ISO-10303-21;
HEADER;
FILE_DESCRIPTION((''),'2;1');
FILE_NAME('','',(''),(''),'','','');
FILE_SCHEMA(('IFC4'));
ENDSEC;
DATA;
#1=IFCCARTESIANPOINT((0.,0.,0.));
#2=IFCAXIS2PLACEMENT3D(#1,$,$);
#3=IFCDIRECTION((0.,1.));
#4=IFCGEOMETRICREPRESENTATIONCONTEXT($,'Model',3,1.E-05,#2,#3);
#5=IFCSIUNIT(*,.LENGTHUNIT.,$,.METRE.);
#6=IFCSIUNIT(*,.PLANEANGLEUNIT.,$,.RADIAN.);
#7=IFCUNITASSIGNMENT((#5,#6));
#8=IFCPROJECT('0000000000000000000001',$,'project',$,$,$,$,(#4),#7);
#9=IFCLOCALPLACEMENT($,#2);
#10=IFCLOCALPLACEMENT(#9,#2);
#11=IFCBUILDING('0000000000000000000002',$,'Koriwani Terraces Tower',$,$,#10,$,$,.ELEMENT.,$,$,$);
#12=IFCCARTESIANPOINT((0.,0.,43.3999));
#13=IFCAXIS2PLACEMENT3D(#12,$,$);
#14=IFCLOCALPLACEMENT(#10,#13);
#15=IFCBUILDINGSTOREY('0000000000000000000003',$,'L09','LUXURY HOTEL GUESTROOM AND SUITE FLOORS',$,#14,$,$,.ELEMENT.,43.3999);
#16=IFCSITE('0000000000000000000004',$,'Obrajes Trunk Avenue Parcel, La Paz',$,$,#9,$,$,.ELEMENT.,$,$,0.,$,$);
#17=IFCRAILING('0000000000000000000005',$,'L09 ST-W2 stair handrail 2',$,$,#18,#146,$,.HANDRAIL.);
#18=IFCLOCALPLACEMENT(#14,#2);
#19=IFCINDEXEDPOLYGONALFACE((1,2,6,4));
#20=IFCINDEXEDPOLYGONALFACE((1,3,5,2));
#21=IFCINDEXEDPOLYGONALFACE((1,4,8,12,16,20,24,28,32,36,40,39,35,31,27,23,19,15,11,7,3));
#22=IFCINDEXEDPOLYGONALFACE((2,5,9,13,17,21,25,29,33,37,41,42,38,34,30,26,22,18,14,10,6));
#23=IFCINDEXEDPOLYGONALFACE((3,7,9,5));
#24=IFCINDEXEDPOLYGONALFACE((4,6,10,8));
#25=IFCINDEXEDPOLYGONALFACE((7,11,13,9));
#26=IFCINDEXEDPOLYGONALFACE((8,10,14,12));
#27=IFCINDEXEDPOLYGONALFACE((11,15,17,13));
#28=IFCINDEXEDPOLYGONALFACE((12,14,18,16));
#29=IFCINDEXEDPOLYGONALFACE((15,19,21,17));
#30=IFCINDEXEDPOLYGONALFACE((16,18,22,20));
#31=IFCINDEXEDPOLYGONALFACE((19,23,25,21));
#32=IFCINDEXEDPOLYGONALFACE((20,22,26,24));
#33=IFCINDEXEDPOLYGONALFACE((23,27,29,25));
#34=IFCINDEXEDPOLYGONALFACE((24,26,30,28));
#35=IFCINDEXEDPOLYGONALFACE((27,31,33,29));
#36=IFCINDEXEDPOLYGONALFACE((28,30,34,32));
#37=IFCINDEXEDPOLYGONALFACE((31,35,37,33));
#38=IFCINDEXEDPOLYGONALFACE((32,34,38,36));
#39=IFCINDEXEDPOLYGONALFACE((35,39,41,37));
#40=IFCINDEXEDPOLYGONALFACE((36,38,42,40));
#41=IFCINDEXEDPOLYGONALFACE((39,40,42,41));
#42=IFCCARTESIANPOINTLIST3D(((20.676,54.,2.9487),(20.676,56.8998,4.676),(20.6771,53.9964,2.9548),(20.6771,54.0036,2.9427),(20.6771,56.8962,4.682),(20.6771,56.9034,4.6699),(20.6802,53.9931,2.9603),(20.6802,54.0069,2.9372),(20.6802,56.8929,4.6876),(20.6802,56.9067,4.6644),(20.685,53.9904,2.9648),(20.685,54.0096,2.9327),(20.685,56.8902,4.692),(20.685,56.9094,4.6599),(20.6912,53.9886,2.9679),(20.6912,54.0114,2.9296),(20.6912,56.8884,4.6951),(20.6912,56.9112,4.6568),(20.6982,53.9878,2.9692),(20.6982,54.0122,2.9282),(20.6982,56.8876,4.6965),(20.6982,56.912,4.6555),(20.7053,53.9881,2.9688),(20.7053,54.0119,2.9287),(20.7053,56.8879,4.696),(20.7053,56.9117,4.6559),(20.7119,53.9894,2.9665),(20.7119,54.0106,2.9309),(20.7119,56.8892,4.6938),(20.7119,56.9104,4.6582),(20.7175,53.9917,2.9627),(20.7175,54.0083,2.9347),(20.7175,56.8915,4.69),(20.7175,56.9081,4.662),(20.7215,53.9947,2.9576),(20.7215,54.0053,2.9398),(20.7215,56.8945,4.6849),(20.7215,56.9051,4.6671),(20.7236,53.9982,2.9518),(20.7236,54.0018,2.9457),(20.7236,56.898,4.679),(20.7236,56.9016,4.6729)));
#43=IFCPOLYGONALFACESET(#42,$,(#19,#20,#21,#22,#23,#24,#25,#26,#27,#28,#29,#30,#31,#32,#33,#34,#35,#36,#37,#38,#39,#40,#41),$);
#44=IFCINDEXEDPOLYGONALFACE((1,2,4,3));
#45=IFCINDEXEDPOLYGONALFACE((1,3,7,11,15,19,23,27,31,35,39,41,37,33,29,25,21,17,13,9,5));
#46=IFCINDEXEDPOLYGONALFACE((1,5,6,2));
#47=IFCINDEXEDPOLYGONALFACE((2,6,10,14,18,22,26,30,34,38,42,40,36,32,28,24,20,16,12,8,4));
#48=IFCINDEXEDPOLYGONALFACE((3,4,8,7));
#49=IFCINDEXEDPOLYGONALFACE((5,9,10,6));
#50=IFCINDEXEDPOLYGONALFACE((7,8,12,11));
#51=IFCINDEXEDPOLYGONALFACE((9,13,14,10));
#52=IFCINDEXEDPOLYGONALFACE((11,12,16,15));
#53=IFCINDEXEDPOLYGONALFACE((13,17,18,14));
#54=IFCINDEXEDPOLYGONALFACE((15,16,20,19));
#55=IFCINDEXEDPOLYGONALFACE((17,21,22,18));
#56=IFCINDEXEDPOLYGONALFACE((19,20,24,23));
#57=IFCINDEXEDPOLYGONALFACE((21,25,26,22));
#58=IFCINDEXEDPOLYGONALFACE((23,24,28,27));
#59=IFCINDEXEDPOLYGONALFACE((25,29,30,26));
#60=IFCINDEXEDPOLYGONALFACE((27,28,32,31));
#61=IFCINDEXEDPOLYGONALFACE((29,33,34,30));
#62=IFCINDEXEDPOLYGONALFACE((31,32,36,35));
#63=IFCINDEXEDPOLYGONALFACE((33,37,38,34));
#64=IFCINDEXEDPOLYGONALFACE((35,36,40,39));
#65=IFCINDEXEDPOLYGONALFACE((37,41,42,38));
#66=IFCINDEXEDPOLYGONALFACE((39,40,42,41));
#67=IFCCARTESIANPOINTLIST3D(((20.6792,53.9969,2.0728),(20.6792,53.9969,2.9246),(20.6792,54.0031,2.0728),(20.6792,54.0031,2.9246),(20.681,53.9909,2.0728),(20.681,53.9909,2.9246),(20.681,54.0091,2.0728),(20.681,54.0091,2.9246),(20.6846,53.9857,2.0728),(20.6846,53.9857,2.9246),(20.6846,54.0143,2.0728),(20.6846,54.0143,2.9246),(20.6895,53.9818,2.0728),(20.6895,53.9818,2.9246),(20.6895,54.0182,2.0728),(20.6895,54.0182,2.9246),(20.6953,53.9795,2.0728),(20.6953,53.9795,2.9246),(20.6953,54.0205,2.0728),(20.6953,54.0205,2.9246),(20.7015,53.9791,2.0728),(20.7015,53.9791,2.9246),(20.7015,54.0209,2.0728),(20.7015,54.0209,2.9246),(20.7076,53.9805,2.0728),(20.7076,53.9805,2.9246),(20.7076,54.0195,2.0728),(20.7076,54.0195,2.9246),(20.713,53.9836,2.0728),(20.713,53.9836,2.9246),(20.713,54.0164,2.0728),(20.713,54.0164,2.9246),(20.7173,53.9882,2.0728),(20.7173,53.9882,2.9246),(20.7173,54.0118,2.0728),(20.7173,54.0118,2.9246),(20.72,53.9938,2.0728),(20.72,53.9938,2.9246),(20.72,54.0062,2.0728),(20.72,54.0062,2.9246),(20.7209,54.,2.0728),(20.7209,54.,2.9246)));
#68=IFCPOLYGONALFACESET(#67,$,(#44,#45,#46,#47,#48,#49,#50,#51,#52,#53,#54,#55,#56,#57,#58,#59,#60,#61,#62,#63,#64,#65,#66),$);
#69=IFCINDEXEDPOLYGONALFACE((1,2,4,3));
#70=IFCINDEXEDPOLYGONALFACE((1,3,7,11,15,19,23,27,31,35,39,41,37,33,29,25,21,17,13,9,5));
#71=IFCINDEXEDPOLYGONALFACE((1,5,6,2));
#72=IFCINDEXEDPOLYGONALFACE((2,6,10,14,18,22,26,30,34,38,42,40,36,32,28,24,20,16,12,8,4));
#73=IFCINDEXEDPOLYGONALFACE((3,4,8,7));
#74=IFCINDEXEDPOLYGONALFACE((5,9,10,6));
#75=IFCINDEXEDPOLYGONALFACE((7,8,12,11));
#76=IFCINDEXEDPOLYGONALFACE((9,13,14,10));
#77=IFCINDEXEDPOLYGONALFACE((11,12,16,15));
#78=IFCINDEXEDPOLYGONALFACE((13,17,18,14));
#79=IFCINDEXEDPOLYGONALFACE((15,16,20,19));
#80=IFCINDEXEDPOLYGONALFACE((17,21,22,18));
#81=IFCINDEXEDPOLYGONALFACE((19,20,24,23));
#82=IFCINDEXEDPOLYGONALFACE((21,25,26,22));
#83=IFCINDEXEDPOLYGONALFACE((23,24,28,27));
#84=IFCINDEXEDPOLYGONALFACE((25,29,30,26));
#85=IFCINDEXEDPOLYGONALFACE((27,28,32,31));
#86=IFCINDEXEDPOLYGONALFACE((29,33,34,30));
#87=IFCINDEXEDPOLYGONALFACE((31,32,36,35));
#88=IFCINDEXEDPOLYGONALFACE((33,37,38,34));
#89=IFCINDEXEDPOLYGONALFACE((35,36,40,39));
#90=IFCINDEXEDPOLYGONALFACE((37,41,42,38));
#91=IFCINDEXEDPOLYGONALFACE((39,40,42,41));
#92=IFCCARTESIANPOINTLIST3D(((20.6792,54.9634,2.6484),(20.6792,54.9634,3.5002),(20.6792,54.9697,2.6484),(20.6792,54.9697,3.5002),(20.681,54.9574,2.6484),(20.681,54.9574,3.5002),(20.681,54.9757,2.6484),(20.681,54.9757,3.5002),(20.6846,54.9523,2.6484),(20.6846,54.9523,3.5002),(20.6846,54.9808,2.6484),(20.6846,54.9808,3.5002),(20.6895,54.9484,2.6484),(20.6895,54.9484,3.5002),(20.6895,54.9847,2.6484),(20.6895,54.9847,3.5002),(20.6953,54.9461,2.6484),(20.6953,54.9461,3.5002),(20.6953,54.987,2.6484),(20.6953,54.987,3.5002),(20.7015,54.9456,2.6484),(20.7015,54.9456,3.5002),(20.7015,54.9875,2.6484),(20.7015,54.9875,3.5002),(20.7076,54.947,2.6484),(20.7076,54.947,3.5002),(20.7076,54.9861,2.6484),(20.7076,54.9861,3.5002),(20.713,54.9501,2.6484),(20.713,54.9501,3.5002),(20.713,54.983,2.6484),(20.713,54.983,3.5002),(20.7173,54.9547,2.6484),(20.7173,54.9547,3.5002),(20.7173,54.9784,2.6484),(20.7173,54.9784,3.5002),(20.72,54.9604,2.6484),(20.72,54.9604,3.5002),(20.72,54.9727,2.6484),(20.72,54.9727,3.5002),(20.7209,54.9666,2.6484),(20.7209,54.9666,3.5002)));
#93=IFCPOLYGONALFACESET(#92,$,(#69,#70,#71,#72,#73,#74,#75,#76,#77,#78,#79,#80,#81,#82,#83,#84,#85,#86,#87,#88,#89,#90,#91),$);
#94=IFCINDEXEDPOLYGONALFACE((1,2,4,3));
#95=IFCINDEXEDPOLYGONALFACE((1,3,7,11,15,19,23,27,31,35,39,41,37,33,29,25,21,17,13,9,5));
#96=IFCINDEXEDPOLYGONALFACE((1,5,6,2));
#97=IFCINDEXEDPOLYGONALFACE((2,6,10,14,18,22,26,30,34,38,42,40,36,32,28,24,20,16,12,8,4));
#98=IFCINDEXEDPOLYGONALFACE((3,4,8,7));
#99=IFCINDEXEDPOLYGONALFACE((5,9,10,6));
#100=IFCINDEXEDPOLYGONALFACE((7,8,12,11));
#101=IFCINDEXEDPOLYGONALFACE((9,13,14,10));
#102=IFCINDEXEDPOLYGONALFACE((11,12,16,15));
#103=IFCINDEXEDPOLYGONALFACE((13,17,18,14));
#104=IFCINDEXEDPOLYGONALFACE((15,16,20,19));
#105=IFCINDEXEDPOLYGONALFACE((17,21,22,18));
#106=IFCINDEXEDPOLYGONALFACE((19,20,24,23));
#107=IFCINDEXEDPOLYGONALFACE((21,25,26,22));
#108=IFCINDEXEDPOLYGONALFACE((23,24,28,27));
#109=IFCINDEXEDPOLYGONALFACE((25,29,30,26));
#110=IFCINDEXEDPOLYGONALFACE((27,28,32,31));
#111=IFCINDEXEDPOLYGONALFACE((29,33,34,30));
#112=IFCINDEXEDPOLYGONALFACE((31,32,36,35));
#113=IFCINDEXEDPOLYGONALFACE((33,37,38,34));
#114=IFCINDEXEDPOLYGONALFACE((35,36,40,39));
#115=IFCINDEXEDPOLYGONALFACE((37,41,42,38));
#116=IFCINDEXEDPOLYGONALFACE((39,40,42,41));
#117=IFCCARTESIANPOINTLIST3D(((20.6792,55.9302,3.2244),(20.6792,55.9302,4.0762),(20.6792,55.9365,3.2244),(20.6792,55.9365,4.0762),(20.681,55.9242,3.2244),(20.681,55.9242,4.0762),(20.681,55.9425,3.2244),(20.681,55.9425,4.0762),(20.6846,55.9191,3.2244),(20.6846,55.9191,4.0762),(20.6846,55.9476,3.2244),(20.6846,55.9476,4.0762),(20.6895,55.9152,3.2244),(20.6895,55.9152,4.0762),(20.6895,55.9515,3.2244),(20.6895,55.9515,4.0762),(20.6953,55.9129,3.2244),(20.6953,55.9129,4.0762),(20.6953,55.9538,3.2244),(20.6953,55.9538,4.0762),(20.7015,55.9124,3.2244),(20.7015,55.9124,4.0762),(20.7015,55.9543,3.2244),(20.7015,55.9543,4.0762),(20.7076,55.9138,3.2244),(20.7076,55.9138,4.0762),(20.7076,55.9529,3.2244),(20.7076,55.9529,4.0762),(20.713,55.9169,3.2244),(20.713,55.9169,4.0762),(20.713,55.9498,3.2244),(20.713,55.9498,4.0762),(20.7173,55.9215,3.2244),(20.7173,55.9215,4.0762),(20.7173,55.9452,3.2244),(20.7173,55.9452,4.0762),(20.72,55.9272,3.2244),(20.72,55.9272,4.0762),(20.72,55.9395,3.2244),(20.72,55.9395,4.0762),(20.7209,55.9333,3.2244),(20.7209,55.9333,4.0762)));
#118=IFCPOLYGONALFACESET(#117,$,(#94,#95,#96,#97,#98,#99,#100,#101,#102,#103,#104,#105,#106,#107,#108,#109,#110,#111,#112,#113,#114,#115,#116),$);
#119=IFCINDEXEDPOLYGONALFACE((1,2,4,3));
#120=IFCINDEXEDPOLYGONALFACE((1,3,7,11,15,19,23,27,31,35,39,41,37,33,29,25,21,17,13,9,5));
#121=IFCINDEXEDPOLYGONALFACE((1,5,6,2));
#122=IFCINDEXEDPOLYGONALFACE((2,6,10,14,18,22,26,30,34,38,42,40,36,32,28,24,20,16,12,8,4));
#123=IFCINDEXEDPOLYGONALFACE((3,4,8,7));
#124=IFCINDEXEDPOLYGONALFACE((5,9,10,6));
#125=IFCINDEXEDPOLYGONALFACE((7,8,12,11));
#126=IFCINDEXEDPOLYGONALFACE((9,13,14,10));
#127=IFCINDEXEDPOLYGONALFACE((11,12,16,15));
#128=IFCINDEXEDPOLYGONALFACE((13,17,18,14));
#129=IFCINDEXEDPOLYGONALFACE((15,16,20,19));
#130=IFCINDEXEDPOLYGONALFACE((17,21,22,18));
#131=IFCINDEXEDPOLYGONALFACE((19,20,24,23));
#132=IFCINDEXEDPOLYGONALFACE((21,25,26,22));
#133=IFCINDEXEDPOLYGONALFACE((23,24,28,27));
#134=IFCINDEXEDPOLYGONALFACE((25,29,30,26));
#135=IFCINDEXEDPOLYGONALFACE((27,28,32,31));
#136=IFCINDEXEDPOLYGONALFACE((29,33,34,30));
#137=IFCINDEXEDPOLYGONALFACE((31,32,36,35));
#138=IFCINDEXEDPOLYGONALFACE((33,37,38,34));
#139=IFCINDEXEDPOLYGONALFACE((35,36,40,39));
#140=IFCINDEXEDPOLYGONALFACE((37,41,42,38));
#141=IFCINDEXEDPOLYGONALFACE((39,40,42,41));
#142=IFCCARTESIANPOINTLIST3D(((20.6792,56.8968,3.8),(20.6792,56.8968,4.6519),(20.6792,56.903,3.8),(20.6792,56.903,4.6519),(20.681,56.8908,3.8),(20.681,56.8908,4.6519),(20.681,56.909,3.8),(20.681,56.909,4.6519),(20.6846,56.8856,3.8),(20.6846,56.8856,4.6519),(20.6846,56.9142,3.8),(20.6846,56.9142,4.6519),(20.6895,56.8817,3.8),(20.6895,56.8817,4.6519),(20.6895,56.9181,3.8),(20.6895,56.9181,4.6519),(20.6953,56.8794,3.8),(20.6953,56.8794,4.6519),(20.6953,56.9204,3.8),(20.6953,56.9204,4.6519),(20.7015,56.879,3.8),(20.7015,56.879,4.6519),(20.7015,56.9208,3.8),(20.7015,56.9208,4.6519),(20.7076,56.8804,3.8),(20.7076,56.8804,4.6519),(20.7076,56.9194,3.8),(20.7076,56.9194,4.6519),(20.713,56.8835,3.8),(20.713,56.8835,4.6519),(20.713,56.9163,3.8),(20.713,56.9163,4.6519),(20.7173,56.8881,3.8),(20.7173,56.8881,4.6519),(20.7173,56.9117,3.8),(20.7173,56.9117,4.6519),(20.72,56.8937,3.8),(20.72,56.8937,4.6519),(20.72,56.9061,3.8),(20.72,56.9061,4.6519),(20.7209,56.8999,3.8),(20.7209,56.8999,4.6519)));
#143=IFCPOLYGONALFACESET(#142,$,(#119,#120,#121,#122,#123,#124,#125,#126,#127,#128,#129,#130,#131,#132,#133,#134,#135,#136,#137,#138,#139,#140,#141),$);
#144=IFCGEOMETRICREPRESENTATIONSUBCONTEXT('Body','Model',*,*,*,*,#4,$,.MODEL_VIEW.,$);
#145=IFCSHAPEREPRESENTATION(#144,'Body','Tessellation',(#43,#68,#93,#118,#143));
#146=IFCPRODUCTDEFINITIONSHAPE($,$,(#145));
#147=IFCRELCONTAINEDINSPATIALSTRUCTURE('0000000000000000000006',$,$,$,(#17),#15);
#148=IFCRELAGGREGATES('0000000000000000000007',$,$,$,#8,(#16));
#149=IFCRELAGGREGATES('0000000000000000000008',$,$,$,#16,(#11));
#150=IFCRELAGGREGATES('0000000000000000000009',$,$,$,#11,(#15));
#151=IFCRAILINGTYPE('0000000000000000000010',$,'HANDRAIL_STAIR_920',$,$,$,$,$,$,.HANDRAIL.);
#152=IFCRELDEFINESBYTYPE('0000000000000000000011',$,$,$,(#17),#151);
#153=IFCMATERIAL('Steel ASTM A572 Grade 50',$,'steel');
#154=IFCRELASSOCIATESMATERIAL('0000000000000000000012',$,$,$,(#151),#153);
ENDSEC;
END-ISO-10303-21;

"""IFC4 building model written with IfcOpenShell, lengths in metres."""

from ifc_helpers import new_model, si_unit, direction, frame, origin, origin_2d, place, context, subcontext, project, spatial, circle, extrude, material, type_object, element, save


model = new_model("IFC4")

# Units and contexts
model_context = context("Model", 3, precision=1e-05, world=origin(), true_north=direction((0.0, 1.0)))
body_context = subcontext(model_context, "Body", "Model", "MODEL_VIEW")
ifc_project = project(units=[si_unit("LENGTHUNIT", "METRE"), si_unit("PLANEANGLEUNIT", "RADIAN")], contexts=[model_context])

# Site, building, storey
site_placement = place(None, origin())
site = spatial("IfcSite", under=ifc_project, at=site_placement, Name="Obrajes Trunk Avenue Parcel, La Paz", CompositionType="ELEMENT", RefElevation=0.0)
building_placement = place(site_placement, origin())
building = spatial("IfcBuilding", under=site, at=building_placement, Name="Koriwani Terraces Tower", CompositionType="ELEMENT")
storey_placement = place(building_placement, frame((0.0, 0.0, 43.3999)))
storey = spatial("IfcBuildingStorey", under=building, at=storey_placement, Name="L09", Description="LUXURY HOTEL GUESTROOM AND SUITE FLOORS", CompositionType="ELEMENT", Elevation=43.3999)

# Shared definitions
ifc_material_1 = material(Name="Steel ASTM A572 Grade 50", Category="steel")

# Railing
railing_type_1 = type_object("IfcRailingType", Name="HANDRAIL_STAIR_920", PredefinedType="HANDRAIL", material=ifc_material_1)
railing_1_placement = place(storey_placement, frame((20.7, 54.0, 2.0728)))
element("IfcRailing", 1, at=railing_1_placement, inside=storey, type_object=railing_type_1, Name="L09 ST-W2 stair handrail 2", PredefinedType="HANDRAIL", context=body_context, shape_type="SweptSolid", body=[
    extrude(circle(Radius=0.0239, at=origin_2d()), frame((0.0, 0.0, 0.876), z_axis=(0.0, 0.859141, 0.511738), x_axis=(-1.0, 0.0, 0.0)), (0.0, 0.0, 1.0), 3.3752),
    extrude(circle(Radius=0.021, at=origin_2d()), origin(), (0.0, 0.0, 1.0), 0.8518),
    extrude(circle(Radius=0.021, at=origin_2d()), frame((0.0, 0.9666, 0.5757)), (0.0, 0.0, 1.0), 0.8518),
    extrude(circle(Radius=0.021, at=origin_2d()), frame((0.0, 1.9333, 1.1516)), (0.0, 0.0, 1.0), 0.8518),
    extrude(circle(Radius=0.021, at=origin_2d()), frame((0.0, 2.8999, 1.7273)), (0.0, 0.0, 1.0), 0.8518),
])

save(model, "model.ifc")
